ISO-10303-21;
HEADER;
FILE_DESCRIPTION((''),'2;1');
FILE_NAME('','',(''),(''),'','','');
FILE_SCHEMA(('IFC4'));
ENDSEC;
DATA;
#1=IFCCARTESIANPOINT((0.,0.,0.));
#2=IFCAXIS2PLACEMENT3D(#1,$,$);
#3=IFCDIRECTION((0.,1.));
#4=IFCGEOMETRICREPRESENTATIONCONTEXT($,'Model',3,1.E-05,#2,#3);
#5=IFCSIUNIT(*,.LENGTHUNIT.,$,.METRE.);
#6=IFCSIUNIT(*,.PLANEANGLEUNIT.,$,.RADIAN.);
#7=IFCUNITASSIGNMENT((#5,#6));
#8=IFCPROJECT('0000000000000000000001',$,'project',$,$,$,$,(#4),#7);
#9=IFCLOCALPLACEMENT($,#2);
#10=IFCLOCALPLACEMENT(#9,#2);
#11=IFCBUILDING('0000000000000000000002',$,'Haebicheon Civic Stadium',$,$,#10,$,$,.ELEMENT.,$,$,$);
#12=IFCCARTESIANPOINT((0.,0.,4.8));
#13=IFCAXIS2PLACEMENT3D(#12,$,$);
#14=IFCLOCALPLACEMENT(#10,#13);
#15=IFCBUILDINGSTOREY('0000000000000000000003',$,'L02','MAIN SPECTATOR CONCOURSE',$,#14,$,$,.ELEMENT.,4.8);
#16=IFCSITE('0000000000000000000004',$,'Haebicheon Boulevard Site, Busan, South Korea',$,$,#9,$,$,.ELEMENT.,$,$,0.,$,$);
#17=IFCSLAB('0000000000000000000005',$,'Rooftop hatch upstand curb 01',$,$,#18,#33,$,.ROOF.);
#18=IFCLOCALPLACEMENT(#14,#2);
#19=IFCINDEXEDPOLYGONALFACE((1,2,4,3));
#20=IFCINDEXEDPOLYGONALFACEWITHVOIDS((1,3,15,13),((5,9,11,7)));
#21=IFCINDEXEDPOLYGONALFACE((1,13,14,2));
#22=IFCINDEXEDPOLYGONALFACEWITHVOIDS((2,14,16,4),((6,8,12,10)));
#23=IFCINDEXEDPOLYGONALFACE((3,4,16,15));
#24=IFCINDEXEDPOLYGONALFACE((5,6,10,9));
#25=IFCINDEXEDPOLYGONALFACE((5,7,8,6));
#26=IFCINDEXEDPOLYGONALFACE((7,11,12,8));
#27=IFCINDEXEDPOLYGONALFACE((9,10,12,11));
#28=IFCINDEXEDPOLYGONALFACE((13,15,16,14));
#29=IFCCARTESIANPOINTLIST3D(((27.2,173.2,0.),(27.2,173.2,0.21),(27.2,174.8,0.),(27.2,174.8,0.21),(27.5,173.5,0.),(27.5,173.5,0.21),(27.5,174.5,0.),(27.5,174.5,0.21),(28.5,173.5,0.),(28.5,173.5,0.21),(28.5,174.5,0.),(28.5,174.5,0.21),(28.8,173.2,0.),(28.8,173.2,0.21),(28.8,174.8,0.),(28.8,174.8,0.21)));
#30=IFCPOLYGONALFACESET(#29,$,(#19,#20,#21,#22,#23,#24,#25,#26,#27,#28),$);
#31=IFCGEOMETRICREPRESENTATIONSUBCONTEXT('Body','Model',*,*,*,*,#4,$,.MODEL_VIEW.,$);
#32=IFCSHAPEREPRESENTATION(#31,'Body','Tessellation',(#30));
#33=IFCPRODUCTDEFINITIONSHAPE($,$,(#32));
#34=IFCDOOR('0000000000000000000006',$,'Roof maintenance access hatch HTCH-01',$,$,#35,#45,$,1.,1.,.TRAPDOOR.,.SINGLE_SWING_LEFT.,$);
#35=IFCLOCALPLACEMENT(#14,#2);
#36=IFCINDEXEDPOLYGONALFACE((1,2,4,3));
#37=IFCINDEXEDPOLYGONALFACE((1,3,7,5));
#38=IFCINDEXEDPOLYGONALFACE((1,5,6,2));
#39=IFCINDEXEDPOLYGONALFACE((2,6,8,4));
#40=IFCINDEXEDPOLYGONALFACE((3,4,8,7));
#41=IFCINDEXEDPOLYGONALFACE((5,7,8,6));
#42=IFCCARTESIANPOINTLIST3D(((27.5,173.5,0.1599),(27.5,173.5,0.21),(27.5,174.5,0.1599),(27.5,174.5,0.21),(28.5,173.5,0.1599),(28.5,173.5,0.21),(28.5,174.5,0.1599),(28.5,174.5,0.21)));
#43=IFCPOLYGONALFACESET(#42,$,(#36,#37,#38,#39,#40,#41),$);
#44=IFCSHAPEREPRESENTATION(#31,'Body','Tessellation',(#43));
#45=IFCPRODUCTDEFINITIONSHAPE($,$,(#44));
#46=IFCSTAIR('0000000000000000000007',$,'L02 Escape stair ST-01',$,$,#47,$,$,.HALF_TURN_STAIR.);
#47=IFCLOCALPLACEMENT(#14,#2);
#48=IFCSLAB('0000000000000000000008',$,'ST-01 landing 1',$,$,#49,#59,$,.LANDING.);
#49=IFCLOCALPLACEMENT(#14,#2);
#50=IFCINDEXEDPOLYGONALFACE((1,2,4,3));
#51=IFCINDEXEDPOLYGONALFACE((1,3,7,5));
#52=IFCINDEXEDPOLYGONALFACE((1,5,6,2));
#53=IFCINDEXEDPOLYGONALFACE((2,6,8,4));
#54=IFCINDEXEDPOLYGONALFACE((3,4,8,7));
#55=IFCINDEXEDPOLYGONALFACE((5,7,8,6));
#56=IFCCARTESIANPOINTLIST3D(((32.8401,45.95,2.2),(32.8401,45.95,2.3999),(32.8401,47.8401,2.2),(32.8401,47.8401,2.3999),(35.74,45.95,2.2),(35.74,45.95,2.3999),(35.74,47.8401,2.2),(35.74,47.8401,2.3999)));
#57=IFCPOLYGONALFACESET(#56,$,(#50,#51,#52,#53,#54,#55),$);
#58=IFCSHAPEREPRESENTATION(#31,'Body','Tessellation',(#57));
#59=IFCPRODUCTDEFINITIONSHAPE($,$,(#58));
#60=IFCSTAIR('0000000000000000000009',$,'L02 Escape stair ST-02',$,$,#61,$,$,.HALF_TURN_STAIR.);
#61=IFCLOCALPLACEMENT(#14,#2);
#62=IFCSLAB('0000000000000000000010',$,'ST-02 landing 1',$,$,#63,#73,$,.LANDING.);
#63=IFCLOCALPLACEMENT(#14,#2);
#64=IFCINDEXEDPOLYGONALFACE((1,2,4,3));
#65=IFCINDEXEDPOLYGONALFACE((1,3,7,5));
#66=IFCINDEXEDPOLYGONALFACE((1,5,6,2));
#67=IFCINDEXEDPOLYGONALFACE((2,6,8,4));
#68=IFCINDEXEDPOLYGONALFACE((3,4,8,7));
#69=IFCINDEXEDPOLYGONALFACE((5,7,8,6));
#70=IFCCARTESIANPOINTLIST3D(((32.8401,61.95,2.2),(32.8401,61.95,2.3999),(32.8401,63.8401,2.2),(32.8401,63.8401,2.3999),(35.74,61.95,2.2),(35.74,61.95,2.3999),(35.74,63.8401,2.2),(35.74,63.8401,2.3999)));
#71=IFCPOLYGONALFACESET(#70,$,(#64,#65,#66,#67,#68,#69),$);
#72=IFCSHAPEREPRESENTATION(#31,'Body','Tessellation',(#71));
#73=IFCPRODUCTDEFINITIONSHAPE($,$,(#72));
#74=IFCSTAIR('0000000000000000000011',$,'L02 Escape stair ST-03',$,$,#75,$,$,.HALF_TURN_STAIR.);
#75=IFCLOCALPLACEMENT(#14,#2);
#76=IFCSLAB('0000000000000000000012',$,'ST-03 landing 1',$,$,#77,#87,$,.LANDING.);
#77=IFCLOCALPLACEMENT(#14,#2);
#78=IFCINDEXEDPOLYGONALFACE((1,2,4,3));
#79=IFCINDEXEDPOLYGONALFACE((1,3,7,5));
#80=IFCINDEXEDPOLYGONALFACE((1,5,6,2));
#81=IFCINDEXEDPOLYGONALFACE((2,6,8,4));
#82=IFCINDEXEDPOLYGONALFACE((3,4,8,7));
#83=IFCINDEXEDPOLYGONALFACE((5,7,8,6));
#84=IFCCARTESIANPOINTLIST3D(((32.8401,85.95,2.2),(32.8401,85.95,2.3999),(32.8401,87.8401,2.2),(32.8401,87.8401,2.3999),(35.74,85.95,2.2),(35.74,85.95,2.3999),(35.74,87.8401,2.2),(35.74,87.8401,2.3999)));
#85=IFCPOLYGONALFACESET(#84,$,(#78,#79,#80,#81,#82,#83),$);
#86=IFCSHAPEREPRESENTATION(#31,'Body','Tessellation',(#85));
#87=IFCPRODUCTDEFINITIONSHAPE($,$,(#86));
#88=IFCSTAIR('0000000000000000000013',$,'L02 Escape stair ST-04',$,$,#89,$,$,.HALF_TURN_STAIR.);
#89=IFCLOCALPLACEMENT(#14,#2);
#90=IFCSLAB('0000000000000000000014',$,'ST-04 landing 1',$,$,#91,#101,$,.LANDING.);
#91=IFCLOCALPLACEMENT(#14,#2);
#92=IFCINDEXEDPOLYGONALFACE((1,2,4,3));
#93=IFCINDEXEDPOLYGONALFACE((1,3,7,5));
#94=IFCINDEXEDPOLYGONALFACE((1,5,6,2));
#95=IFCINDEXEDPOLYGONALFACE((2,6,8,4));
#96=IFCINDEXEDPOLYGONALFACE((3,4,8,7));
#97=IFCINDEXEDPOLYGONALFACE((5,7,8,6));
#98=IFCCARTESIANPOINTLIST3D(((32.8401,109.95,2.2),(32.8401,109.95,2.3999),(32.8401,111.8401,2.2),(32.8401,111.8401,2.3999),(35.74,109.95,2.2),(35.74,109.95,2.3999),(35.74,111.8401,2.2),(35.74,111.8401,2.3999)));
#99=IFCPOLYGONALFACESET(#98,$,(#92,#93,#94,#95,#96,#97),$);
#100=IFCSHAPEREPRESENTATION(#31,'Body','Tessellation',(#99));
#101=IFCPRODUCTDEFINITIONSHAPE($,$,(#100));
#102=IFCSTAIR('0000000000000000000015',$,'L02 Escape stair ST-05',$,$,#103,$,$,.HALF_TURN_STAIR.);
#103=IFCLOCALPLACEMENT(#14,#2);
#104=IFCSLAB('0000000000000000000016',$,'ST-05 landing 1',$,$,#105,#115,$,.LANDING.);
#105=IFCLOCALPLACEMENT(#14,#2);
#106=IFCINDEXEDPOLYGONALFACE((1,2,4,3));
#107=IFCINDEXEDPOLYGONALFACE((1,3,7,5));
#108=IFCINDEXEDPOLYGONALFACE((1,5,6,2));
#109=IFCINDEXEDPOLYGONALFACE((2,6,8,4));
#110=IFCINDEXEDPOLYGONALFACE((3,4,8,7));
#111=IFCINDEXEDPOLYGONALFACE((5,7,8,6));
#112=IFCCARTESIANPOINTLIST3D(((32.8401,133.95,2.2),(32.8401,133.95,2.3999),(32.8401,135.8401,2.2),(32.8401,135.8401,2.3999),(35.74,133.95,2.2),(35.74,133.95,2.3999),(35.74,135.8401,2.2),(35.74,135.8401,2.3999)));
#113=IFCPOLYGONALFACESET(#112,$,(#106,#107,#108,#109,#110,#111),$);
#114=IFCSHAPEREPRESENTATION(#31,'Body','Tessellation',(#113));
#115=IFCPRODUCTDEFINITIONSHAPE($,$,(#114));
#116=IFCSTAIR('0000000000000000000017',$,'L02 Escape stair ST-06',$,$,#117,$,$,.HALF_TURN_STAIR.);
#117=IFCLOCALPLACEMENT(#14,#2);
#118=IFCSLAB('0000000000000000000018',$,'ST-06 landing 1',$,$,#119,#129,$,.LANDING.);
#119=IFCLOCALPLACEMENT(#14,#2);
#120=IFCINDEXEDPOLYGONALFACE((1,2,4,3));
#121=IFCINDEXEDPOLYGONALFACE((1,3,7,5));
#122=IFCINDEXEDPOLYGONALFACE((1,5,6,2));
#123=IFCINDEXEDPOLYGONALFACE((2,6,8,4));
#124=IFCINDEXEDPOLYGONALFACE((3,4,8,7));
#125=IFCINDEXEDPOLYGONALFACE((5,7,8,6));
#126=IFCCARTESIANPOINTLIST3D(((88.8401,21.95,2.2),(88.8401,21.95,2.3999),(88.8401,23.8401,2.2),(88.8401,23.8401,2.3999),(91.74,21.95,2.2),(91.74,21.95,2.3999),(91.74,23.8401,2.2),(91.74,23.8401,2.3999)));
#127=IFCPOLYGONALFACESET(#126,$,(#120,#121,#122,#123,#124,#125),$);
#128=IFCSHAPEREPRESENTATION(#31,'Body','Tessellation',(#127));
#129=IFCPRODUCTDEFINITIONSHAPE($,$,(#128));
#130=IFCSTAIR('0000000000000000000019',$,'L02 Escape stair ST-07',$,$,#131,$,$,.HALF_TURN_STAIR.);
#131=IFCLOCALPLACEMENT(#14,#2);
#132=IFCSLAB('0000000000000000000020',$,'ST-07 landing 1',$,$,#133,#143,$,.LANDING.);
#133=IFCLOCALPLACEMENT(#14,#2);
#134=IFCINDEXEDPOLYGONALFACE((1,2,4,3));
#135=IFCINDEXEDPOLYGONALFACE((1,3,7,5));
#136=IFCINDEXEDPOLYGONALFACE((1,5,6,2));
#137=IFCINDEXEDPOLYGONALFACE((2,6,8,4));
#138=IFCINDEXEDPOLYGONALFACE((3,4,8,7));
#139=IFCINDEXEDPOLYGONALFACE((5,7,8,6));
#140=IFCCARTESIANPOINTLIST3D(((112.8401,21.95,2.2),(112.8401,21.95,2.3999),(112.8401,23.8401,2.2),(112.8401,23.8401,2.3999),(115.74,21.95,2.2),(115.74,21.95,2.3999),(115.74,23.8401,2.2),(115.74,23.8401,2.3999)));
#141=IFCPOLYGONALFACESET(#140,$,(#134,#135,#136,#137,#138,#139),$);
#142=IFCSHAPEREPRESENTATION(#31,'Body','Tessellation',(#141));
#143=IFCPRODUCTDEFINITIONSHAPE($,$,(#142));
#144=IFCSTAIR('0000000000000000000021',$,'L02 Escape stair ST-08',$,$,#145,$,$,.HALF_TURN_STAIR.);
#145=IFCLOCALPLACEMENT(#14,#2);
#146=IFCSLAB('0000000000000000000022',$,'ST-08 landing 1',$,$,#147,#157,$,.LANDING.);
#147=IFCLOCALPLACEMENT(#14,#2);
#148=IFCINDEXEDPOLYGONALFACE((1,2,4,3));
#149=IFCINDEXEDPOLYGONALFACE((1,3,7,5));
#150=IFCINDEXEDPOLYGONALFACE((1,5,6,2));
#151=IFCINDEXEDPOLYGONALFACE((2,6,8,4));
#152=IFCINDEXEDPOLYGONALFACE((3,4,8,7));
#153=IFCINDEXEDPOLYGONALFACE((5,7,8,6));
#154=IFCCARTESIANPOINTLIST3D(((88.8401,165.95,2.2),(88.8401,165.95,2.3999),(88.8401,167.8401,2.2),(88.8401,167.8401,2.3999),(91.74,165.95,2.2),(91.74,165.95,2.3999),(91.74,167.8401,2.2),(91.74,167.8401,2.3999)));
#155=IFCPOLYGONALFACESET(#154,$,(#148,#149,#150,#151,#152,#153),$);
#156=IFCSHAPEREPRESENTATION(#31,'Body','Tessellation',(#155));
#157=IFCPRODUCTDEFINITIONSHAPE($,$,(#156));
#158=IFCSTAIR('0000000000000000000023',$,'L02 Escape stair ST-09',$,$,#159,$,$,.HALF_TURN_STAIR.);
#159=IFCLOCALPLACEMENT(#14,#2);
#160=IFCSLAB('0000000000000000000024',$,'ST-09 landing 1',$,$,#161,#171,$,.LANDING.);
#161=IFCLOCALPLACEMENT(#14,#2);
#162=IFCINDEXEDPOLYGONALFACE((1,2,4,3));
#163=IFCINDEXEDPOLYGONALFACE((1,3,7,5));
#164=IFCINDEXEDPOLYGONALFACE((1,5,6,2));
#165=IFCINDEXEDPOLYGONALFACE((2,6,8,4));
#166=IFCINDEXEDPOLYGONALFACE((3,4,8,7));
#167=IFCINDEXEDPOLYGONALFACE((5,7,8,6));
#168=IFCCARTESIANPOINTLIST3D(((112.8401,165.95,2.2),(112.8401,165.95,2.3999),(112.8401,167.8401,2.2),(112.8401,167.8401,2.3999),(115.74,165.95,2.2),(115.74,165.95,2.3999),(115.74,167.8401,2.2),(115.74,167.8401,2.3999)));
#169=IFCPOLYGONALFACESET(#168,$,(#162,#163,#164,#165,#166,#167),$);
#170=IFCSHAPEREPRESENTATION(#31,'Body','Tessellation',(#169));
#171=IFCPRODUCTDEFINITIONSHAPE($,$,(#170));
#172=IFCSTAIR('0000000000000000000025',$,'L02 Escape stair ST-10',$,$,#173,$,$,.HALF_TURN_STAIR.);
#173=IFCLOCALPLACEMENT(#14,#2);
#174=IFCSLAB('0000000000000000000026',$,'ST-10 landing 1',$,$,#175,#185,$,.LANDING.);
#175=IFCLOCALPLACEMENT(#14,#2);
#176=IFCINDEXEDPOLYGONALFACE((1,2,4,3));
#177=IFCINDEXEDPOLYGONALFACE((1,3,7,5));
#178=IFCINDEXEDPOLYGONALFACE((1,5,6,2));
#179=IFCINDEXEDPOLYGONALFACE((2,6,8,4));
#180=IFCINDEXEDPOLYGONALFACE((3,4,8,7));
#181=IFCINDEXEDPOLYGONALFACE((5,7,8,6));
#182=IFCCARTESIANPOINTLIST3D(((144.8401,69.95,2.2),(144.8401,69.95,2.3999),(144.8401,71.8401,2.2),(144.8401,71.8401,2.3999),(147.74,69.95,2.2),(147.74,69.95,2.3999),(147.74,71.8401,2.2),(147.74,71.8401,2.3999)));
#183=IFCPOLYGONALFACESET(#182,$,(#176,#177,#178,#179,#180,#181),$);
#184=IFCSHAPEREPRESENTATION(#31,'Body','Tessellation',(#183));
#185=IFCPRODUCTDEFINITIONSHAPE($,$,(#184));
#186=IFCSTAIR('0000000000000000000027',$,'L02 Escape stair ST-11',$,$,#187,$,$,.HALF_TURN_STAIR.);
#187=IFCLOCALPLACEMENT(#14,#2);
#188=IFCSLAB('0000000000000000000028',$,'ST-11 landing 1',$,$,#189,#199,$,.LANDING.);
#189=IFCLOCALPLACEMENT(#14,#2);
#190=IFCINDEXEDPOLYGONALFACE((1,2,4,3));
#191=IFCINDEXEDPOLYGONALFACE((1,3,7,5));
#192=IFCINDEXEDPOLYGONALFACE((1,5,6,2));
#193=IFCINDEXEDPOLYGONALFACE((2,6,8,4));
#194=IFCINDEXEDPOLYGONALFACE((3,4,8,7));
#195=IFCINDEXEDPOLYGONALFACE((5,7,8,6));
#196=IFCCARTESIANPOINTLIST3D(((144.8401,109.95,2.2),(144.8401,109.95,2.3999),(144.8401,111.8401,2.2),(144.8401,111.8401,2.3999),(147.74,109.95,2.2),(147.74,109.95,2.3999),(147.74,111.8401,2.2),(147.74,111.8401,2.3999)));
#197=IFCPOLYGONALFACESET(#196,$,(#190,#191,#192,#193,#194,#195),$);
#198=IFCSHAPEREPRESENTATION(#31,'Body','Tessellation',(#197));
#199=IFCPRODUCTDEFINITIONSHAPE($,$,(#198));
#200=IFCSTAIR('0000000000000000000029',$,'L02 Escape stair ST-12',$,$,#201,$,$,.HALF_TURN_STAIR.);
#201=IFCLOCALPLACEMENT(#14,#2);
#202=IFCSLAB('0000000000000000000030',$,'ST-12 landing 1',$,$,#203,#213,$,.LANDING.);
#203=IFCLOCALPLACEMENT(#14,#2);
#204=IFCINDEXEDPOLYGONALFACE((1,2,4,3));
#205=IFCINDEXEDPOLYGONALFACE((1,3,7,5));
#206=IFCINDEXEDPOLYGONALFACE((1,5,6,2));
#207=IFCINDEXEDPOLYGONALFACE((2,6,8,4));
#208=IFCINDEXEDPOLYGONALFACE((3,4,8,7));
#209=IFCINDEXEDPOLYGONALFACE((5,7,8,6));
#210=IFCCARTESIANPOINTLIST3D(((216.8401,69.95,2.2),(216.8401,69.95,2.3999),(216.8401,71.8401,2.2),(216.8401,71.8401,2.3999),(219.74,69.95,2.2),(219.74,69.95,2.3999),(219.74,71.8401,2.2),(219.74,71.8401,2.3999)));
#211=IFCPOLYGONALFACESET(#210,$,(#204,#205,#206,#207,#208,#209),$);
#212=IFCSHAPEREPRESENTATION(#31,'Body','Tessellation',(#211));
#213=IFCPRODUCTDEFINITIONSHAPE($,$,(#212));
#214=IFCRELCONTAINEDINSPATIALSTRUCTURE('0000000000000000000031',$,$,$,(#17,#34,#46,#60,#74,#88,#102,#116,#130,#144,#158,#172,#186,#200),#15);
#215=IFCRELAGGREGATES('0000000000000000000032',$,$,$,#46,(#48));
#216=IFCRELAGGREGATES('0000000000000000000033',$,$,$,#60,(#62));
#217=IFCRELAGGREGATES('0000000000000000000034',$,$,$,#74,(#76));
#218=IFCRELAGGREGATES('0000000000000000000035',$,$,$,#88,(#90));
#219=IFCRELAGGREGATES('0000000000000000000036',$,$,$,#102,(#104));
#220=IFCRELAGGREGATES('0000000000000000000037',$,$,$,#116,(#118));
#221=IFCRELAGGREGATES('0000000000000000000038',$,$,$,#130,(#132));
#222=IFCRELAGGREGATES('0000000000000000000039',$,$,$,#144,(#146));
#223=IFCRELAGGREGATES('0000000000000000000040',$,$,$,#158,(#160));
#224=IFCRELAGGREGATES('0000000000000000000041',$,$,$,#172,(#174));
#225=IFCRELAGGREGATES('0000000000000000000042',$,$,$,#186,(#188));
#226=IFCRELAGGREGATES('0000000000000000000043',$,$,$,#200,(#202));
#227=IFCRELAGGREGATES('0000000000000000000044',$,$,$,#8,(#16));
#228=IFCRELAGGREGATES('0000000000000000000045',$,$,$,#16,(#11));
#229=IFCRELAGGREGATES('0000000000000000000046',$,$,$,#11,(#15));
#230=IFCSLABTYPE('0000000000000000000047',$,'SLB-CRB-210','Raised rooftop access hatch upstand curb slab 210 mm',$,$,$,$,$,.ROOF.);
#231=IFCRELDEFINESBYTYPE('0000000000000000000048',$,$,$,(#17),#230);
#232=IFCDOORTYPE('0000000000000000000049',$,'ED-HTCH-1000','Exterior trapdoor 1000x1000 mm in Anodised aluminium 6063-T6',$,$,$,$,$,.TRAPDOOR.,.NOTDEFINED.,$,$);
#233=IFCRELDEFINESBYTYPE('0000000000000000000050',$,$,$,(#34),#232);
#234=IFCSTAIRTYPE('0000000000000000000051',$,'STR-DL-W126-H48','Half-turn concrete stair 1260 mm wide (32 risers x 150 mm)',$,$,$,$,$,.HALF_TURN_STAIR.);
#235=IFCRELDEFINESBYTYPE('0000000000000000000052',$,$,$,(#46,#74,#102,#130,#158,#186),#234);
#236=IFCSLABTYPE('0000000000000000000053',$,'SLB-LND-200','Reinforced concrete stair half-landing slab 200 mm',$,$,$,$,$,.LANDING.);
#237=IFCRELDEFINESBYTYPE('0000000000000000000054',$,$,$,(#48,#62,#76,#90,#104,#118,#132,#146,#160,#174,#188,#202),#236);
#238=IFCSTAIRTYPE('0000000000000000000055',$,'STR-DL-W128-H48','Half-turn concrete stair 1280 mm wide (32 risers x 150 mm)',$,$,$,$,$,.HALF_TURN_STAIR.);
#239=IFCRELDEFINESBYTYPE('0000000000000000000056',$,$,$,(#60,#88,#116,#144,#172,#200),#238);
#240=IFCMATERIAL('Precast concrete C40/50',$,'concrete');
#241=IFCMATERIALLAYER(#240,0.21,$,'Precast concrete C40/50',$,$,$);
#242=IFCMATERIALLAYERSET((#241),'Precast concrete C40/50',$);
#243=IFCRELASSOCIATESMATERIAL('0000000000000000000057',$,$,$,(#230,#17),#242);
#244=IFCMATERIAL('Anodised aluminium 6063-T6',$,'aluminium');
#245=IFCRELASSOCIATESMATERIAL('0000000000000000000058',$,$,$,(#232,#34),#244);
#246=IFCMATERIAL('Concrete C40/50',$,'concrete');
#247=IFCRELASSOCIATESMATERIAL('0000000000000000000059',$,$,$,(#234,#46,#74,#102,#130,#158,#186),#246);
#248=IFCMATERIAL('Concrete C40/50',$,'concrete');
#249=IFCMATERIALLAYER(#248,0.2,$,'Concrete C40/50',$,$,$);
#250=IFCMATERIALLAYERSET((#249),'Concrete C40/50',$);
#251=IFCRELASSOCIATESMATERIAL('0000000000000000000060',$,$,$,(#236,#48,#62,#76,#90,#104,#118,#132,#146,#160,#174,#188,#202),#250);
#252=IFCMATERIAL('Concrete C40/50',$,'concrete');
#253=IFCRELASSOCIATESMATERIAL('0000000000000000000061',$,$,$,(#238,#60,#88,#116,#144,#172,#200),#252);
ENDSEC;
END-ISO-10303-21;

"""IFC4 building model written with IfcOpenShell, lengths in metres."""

from ifc_helpers import new_model, si_unit, direction, frame, origin, origin_2d, place, context, subcontext, project, spatial, polyline, rectangle, outline, extrude, material, layer, layer_set, type_object, element, fill, aggregate, save


model = new_model("IFC4")

# Units and contexts
model_context = context("Model", 3, precision=1e-05, world=origin(), true_north=direction((0.0, 1.0)))
body_context = subcontext(model_context, "Body", "Model", "MODEL_VIEW")
ifc_project = project(units=[si_unit("LENGTHUNIT", "METRE"), si_unit("PLANEANGLEUNIT", "RADIAN")], contexts=[model_context])

# Site, building, storey
site_placement = place(None, origin())
site = spatial("IfcSite", under=ifc_project, at=site_placement, Name="Haebicheon Boulevard Site, Busan, South Korea", CompositionType="ELEMENT", RefElevation=0.0)
building_placement = place(site_placement, origin())
building = spatial("IfcBuilding", under=site, at=building_placement, Name="Haebicheon Civic Stadium", CompositionType="ELEMENT")
storey_placement = place(building_placement, frame((0.0, 0.0, 4.8)))
storey = spatial("IfcBuildingStorey", under=building, at=storey_placement, Name="L02", Description="MAIN SPECTATOR CONCOURSE", CompositionType="ELEMENT", Elevation=4.8)

# Slab, opening, door
ifc_material_1 = material(Name="Precast concrete C40/50", Category="concrete")
ifc_layer_1 = layer(ifc_material_1, 0.21, Name="Precast concrete C40/50")
ifc_layer_set_1 = layer_set([ifc_layer_1], Name="Precast concrete C40/50")
slab_type_1 = type_object("IfcSlabType", Name="SLB-CRB-210", Description="Raised rooftop access hatch upstand curb slab 210 mm", PredefinedType="ROOF", material=ifc_layer_set_1)
slab_1_placement = place(storey_placement, origin())
slab_1 = element("IfcSlab", 1, at=slab_1_placement, inside=storey, type_object=slab_type_1, material=ifc_layer_set_1, Name="Rooftop hatch upstand curb 01", PredefinedType="ROOF", context=body_context, shape_type="SweptSolid", body=[
    extrude(outline(polyline([(27.2, 173.2), (28.8, 173.2), (28.8, 174.8), (27.2, 174.8), (27.2, 173.2)]), holes=[polyline([(27.5, 173.5), (28.5, 173.5), (28.5, 174.5), (27.5, 174.5), (27.5, 173.5)])]), origin(), (0.0, 0.0, 1.0), 0.21),
])
opening_placement = place(slab_1_placement, frame((28.0, 174.0, -0.01)))
opening = element("IfcOpeningElement", 2, at=opening_placement, cuts=slab_1, PredefinedType="OPENING", context=body_context, shape_type="SweptSolid", body=[
    extrude(rectangle(XDim=1.0, YDim=1.0, at=origin_2d()), origin(), (0.0, 0.0, 1.0), 0.23),
])
ifc_material_2 = material(Name="Anodised aluminium 6063-T6", Category="aluminium")
door_type = type_object("IfcDoorType", Name="ED-HTCH-1000", Description="Exterior trapdoor 1000x1000 mm in Anodised aluminium 6063-T6", OperationType="NOTDEFINED", PredefinedType="TRAPDOOR", material=ifc_material_2)
door_placement = place(slab_1_placement, frame((28.0, 174.0, 0.1599)))
door = element("IfcDoor", 3, at=door_placement, inside=storey, type_object=door_type, material=ifc_material_2, Name="Roof maintenance access hatch HTCH-01", OperationType="SINGLE_SWING_LEFT", OverallHeight=1.0, OverallWidth=1.0, PredefinedType="TRAPDOOR", context=body_context, shape_type="SweptSolid", body=[
    extrude(rectangle(XDim=1.0, YDim=1.0, at=origin_2d()), origin(), (0.0, 0.0, 1.0), 0.05),
])
fill(opening, door)

# Stairs, slabs
ifc_material_3 = material(Name="Concrete C40/50", Category="concrete")
stair_type_1 = type_object("IfcStairType", Name="STR-DL-W126-H48", Description="Half-turn concrete stair 1260 mm wide (32 risers x 150 mm)", PredefinedType="HALF_TURN_STAIR", material=ifc_material_3)
stair_1_placement = place(storey_placement, origin())
stair_1 = element("IfcStair", 4, at=stair_1_placement, inside=storey, type_object=stair_type_1, material=ifc_material_3, Name="L02 Escape stair ST-01", PredefinedType="HALF_TURN_STAIR")
ifc_material_4 = material(Name="Concrete C40/50", Category="concrete")
ifc_layer_2 = layer(ifc_material_4, 0.2, Name="Concrete C40/50")
ifc_layer_set_2 = layer_set([ifc_layer_2], Name="Concrete C40/50")
slab_type_2 = type_object("IfcSlabType", Name="SLB-LND-200", Description="Reinforced concrete stair half-landing slab 200 mm", PredefinedType="LANDING", material=ifc_layer_set_2)
slab_2_placement = place(storey_placement, frame((0.0, 0.0, 2.2)))
slab_2 = element("IfcSlab", 5, at=slab_2_placement, type_object=slab_type_2, material=ifc_layer_set_2, Name="ST-01 landing 1", PredefinedType="LANDING", context=body_context, shape_type="SweptSolid", body=[
    extrude(outline(polyline([(35.74, 45.95), (35.74, 47.8401), (32.8401, 47.8401), (32.8401, 45.95), (35.74, 45.95)])), origin(), (0.0, 0.0, 1.0), 0.2),
])
aggregate(stair_1, [slab_2])
ifc_material_5 = material(Name="Concrete C40/50", Category="concrete")
stair_type_2 = type_object("IfcStairType", Name="STR-DL-W128-H48", Description="Half-turn concrete stair 1280 mm wide (32 risers x 150 mm)", PredefinedType="HALF_TURN_STAIR", material=ifc_material_5)
stair_2_placement = place(storey_placement, origin())
stair_2 = element("IfcStair", 6, at=stair_2_placement, inside=storey, type_object=stair_type_2, material=ifc_material_5, Name="L02 Escape stair ST-02", PredefinedType="HALF_TURN_STAIR")
slab_3_placement = place(storey_placement, frame((0.0, 0.0, 2.2)))
slab_3 = element("IfcSlab", 7, at=slab_3_placement, type_object=slab_type_2, material=ifc_layer_set_2, Name="ST-02 landing 1", PredefinedType="LANDING", context=body_context, shape_type="SweptSolid", body=[
    extrude(outline(polyline([(35.74, 61.95), (35.74, 63.8401), (32.8401, 63.8401), (32.8401, 61.95), (35.74, 61.95)])), origin(), (0.0, 0.0, 1.0), 0.2),
])
aggregate(stair_2, [slab_3])
stair_3_placement = place(storey_placement, origin())
stair_3 = element("IfcStair", 8, at=stair_3_placement, inside=storey, type_object=stair_type_1, material=ifc_material_3, Name="L02 Escape stair ST-03", PredefinedType="HALF_TURN_STAIR")
slab_4_placement = place(storey_placement, frame((0.0, 0.0, 2.2)))
slab_4 = element("IfcSlab", 9, at=slab_4_placement, type_object=slab_type_2, material=ifc_layer_set_2, Name="ST-03 landing 1", PredefinedType="LANDING", context=body_context, shape_type="SweptSolid", body=[
    extrude(outline(polyline([(35.74, 85.95), (35.74, 87.8401), (32.8401, 87.8401), (32.8401, 85.95), (35.74, 85.95)])), origin(), (0.0, 0.0, 1.0), 0.2),
])
aggregate(stair_3, [slab_4])
stair_4_placement = place(storey_placement, origin())
stair_4 = element("IfcStair", 10, at=stair_4_placement, inside=storey, type_object=stair_type_2, material=ifc_material_5, Name="L02 Escape stair ST-04", PredefinedType="HALF_TURN_STAIR")
slab_5_placement = place(storey_placement, frame((0.0, 0.0, 2.2)))
slab_5 = element("IfcSlab", 11, at=slab_5_placement, type_object=slab_type_2, material=ifc_layer_set_2, Name="ST-04 landing 1", PredefinedType="LANDING", context=body_context, shape_type="SweptSolid", body=[
    extrude(outline(polyline([(35.74, 109.95), (35.74, 111.8401), (32.8401, 111.8401), (32.8401, 109.95), (35.74, 109.95)])), origin(), (0.0, 0.0, 1.0), 0.2),
])
aggregate(stair_4, [slab_5])
stair_5_placement = place(storey_placement, origin())
stair_5 = element("IfcStair", 12, at=stair_5_placement, inside=storey, type_object=stair_type_1, material=ifc_material_3, Name="L02 Escape stair ST-05", PredefinedType="HALF_TURN_STAIR")
slab_6_placement = place(storey_placement, frame((0.0, 0.0, 2.2)))
slab_6 = element("IfcSlab", 13, at=slab_6_placement, type_object=slab_type_2, material=ifc_layer_set_2, Name="ST-05 landing 1", PredefinedType="LANDING", context=body_context, shape_type="SweptSolid", body=[
    extrude(outline(polyline([(35.74, 133.95), (35.74, 135.8401), (32.8401, 135.8401), (32.8401, 133.95), (35.74, 133.95)])), origin(), (0.0, 0.0, 1.0), 0.2),
])
aggregate(stair_5, [slab_6])
stair_6_placement = place(storey_placement, origin())
stair_6 = element("IfcStair", 14, at=stair_6_placement, inside=storey, type_object=stair_type_2, material=ifc_material_5, Name="L02 Escape stair ST-06", PredefinedType="HALF_TURN_STAIR")
slab_7_placement = place(storey_placement, frame((0.0, 0.0, 2.2)))
slab_7 = element("IfcSlab", 15, at=slab_7_placement, type_object=slab_type_2, material=ifc_layer_set_2, Name="ST-06 landing 1", PredefinedType="LANDING", context=body_context, shape_type="SweptSolid", body=[
    extrude(outline(polyline([(91.74, 21.95), (91.74, 23.8401), (88.8401, 23.8401), (88.8401, 21.95), (91.74, 21.95)])), origin(), (0.0, 0.0, 1.0), 0.2),
])
aggregate(stair_6, [slab_7])
stair_7_placement = place(storey_placement, origin())
stair_7 = element("IfcStair", 16, at=stair_7_placement, inside=storey, type_object=stair_type_1, material=ifc_material_3, Name="L02 Escape stair ST-07", PredefinedType="HALF_TURN_STAIR")
slab_8_placement = place(storey_placement, frame((0.0, 0.0, 2.2)))
slab_8 = element("IfcSlab", 17, at=slab_8_placement, type_object=slab_type_2, material=ifc_layer_set_2, Name="ST-07 landing 1", PredefinedType="LANDING", context=body_context, shape_type="SweptSolid", body=[
    extrude(outline(polyline([(115.74, 21.95), (115.74, 23.8401), (112.8401, 23.8401), (112.8401, 21.95), (115.74, 21.95)])), origin(), (0.0, 0.0, 1.0), 0.2),
])
aggregate(stair_7, [slab_8])
stair_8_placement = place(storey_placement, origin())
stair_8 = element("IfcStair", 18, at=stair_8_placement, inside=storey, type_object=stair_type_2, material=ifc_material_5, Name="L02 Escape stair ST-08", PredefinedType="HALF_TURN_STAIR")
slab_9_placement = place(storey_placement, frame((0.0, 0.0, 2.2)))
slab_9 = element("IfcSlab", 19, at=slab_9_placement, type_object=slab_type_2, material=ifc_layer_set_2, Name="ST-08 landing 1", PredefinedType="LANDING", context=body_context, shape_type="SweptSolid", body=[
    extrude(outline(polyline([(91.74, 165.95), (91.74, 167.8401), (88.8401, 167.8401), (88.8401, 165.95), (91.74, 165.95)])), origin(), (0.0, 0.0, 1.0), 0.2),
])
aggregate(stair_8, [slab_9])
stair_9_placement = place(storey_placement, origin())
stair_9 = element("IfcStair", 20, at=stair_9_placement, inside=storey, type_object=stair_type_1, material=ifc_material_3, Name="L02 Escape stair ST-09", PredefinedType="HALF_TURN_STAIR")
slab_10_placement = place(storey_placement, frame((0.0, 0.0, 2.2)))
slab_10 = element("IfcSlab", 21, at=slab_10_placement, type_object=slab_type_2, material=ifc_layer_set_2, Name="ST-09 landing 1", PredefinedType="LANDING", context=body_context, shape_type="SweptSolid", body=[
    extrude(outline(polyline([(115.74, 165.95), (115.74, 167.8401), (112.8401, 167.8401), (112.8401, 165.95), (115.74, 165.95)])), origin(), (0.0, 0.0, 1.0), 0.2),
])
aggregate(stair_9, [slab_10])
stair_10_placement = place(storey_placement, origin())
stair_10 = element("IfcStair", 22, at=stair_10_placement, inside=storey, type_object=stair_type_2, material=ifc_material_5, Name="L02 Escape stair ST-10", PredefinedType="HALF_TURN_STAIR")
slab_11_placement = place(storey_placement, frame((0.0, 0.0, 2.2)))
slab_11 = element("IfcSlab", 23, at=slab_11_placement, type_object=slab_type_2, material=ifc_layer_set_2, Name="ST-10 landing 1", PredefinedType="LANDING", context=body_context, shape_type="SweptSolid", body=[
    extrude(outline(polyline([(147.74, 69.95), (147.74, 71.8401), (144.8401, 71.8401), (144.8401, 69.95), (147.74, 69.95)])), origin(), (0.0, 0.0, 1.0), 0.2),
])
aggregate(stair_10, [slab_11])
stair_11_placement = place(storey_placement, origin())
stair_11 = element("IfcStair", 24, at=stair_11_placement, inside=storey, type_object=stair_type_1, material=ifc_material_3, Name="L02 Escape stair ST-11", PredefinedType="HALF_TURN_STAIR")
slab_12_placement = place(storey_placement, frame((0.0, 0.0, 2.2)))
slab_12 = element("IfcSlab", 25, at=slab_12_placement, type_object=slab_type_2, material=ifc_layer_set_2, Name="ST-11 landing 1", PredefinedType="LANDING", context=body_context, shape_type="SweptSolid", body=[
    extrude(outline(polyline([(147.74, 109.95), (147.74, 111.8401), (144.8401, 111.8401), (144.8401, 109.95), (147.74, 109.95)])), origin(), (0.0, 0.0, 1.0), 0.2),
])
aggregate(stair_11, [slab_12])
stair_12_placement = place(storey_placement, origin())
stair_12 = element("IfcStair", 26, at=stair_12_placement, inside=storey, type_object=stair_type_2, material=ifc_material_5, Name="L02 Escape stair ST-12", PredefinedType="HALF_TURN_STAIR")
slab_13_placement = place(storey_placement, frame((0.0, 0.0, 2.2)))
slab_13 = element("IfcSlab", 27, at=slab_13_placement, type_object=slab_type_2, material=ifc_layer_set_2, Name="ST-12 landing 1", PredefinedType="LANDING", context=body_context, shape_type="SweptSolid", body=[
    extrude(outline(polyline([(219.74, 69.95), (219.74, 71.8401), (216.8401, 71.8401), (216.8401, 69.95), (219.74, 69.95)])), origin(), (0.0, 0.0, 1.0), 0.2),
])
aggregate(stair_12, [slab_13])

save(model, "model.ifc")
